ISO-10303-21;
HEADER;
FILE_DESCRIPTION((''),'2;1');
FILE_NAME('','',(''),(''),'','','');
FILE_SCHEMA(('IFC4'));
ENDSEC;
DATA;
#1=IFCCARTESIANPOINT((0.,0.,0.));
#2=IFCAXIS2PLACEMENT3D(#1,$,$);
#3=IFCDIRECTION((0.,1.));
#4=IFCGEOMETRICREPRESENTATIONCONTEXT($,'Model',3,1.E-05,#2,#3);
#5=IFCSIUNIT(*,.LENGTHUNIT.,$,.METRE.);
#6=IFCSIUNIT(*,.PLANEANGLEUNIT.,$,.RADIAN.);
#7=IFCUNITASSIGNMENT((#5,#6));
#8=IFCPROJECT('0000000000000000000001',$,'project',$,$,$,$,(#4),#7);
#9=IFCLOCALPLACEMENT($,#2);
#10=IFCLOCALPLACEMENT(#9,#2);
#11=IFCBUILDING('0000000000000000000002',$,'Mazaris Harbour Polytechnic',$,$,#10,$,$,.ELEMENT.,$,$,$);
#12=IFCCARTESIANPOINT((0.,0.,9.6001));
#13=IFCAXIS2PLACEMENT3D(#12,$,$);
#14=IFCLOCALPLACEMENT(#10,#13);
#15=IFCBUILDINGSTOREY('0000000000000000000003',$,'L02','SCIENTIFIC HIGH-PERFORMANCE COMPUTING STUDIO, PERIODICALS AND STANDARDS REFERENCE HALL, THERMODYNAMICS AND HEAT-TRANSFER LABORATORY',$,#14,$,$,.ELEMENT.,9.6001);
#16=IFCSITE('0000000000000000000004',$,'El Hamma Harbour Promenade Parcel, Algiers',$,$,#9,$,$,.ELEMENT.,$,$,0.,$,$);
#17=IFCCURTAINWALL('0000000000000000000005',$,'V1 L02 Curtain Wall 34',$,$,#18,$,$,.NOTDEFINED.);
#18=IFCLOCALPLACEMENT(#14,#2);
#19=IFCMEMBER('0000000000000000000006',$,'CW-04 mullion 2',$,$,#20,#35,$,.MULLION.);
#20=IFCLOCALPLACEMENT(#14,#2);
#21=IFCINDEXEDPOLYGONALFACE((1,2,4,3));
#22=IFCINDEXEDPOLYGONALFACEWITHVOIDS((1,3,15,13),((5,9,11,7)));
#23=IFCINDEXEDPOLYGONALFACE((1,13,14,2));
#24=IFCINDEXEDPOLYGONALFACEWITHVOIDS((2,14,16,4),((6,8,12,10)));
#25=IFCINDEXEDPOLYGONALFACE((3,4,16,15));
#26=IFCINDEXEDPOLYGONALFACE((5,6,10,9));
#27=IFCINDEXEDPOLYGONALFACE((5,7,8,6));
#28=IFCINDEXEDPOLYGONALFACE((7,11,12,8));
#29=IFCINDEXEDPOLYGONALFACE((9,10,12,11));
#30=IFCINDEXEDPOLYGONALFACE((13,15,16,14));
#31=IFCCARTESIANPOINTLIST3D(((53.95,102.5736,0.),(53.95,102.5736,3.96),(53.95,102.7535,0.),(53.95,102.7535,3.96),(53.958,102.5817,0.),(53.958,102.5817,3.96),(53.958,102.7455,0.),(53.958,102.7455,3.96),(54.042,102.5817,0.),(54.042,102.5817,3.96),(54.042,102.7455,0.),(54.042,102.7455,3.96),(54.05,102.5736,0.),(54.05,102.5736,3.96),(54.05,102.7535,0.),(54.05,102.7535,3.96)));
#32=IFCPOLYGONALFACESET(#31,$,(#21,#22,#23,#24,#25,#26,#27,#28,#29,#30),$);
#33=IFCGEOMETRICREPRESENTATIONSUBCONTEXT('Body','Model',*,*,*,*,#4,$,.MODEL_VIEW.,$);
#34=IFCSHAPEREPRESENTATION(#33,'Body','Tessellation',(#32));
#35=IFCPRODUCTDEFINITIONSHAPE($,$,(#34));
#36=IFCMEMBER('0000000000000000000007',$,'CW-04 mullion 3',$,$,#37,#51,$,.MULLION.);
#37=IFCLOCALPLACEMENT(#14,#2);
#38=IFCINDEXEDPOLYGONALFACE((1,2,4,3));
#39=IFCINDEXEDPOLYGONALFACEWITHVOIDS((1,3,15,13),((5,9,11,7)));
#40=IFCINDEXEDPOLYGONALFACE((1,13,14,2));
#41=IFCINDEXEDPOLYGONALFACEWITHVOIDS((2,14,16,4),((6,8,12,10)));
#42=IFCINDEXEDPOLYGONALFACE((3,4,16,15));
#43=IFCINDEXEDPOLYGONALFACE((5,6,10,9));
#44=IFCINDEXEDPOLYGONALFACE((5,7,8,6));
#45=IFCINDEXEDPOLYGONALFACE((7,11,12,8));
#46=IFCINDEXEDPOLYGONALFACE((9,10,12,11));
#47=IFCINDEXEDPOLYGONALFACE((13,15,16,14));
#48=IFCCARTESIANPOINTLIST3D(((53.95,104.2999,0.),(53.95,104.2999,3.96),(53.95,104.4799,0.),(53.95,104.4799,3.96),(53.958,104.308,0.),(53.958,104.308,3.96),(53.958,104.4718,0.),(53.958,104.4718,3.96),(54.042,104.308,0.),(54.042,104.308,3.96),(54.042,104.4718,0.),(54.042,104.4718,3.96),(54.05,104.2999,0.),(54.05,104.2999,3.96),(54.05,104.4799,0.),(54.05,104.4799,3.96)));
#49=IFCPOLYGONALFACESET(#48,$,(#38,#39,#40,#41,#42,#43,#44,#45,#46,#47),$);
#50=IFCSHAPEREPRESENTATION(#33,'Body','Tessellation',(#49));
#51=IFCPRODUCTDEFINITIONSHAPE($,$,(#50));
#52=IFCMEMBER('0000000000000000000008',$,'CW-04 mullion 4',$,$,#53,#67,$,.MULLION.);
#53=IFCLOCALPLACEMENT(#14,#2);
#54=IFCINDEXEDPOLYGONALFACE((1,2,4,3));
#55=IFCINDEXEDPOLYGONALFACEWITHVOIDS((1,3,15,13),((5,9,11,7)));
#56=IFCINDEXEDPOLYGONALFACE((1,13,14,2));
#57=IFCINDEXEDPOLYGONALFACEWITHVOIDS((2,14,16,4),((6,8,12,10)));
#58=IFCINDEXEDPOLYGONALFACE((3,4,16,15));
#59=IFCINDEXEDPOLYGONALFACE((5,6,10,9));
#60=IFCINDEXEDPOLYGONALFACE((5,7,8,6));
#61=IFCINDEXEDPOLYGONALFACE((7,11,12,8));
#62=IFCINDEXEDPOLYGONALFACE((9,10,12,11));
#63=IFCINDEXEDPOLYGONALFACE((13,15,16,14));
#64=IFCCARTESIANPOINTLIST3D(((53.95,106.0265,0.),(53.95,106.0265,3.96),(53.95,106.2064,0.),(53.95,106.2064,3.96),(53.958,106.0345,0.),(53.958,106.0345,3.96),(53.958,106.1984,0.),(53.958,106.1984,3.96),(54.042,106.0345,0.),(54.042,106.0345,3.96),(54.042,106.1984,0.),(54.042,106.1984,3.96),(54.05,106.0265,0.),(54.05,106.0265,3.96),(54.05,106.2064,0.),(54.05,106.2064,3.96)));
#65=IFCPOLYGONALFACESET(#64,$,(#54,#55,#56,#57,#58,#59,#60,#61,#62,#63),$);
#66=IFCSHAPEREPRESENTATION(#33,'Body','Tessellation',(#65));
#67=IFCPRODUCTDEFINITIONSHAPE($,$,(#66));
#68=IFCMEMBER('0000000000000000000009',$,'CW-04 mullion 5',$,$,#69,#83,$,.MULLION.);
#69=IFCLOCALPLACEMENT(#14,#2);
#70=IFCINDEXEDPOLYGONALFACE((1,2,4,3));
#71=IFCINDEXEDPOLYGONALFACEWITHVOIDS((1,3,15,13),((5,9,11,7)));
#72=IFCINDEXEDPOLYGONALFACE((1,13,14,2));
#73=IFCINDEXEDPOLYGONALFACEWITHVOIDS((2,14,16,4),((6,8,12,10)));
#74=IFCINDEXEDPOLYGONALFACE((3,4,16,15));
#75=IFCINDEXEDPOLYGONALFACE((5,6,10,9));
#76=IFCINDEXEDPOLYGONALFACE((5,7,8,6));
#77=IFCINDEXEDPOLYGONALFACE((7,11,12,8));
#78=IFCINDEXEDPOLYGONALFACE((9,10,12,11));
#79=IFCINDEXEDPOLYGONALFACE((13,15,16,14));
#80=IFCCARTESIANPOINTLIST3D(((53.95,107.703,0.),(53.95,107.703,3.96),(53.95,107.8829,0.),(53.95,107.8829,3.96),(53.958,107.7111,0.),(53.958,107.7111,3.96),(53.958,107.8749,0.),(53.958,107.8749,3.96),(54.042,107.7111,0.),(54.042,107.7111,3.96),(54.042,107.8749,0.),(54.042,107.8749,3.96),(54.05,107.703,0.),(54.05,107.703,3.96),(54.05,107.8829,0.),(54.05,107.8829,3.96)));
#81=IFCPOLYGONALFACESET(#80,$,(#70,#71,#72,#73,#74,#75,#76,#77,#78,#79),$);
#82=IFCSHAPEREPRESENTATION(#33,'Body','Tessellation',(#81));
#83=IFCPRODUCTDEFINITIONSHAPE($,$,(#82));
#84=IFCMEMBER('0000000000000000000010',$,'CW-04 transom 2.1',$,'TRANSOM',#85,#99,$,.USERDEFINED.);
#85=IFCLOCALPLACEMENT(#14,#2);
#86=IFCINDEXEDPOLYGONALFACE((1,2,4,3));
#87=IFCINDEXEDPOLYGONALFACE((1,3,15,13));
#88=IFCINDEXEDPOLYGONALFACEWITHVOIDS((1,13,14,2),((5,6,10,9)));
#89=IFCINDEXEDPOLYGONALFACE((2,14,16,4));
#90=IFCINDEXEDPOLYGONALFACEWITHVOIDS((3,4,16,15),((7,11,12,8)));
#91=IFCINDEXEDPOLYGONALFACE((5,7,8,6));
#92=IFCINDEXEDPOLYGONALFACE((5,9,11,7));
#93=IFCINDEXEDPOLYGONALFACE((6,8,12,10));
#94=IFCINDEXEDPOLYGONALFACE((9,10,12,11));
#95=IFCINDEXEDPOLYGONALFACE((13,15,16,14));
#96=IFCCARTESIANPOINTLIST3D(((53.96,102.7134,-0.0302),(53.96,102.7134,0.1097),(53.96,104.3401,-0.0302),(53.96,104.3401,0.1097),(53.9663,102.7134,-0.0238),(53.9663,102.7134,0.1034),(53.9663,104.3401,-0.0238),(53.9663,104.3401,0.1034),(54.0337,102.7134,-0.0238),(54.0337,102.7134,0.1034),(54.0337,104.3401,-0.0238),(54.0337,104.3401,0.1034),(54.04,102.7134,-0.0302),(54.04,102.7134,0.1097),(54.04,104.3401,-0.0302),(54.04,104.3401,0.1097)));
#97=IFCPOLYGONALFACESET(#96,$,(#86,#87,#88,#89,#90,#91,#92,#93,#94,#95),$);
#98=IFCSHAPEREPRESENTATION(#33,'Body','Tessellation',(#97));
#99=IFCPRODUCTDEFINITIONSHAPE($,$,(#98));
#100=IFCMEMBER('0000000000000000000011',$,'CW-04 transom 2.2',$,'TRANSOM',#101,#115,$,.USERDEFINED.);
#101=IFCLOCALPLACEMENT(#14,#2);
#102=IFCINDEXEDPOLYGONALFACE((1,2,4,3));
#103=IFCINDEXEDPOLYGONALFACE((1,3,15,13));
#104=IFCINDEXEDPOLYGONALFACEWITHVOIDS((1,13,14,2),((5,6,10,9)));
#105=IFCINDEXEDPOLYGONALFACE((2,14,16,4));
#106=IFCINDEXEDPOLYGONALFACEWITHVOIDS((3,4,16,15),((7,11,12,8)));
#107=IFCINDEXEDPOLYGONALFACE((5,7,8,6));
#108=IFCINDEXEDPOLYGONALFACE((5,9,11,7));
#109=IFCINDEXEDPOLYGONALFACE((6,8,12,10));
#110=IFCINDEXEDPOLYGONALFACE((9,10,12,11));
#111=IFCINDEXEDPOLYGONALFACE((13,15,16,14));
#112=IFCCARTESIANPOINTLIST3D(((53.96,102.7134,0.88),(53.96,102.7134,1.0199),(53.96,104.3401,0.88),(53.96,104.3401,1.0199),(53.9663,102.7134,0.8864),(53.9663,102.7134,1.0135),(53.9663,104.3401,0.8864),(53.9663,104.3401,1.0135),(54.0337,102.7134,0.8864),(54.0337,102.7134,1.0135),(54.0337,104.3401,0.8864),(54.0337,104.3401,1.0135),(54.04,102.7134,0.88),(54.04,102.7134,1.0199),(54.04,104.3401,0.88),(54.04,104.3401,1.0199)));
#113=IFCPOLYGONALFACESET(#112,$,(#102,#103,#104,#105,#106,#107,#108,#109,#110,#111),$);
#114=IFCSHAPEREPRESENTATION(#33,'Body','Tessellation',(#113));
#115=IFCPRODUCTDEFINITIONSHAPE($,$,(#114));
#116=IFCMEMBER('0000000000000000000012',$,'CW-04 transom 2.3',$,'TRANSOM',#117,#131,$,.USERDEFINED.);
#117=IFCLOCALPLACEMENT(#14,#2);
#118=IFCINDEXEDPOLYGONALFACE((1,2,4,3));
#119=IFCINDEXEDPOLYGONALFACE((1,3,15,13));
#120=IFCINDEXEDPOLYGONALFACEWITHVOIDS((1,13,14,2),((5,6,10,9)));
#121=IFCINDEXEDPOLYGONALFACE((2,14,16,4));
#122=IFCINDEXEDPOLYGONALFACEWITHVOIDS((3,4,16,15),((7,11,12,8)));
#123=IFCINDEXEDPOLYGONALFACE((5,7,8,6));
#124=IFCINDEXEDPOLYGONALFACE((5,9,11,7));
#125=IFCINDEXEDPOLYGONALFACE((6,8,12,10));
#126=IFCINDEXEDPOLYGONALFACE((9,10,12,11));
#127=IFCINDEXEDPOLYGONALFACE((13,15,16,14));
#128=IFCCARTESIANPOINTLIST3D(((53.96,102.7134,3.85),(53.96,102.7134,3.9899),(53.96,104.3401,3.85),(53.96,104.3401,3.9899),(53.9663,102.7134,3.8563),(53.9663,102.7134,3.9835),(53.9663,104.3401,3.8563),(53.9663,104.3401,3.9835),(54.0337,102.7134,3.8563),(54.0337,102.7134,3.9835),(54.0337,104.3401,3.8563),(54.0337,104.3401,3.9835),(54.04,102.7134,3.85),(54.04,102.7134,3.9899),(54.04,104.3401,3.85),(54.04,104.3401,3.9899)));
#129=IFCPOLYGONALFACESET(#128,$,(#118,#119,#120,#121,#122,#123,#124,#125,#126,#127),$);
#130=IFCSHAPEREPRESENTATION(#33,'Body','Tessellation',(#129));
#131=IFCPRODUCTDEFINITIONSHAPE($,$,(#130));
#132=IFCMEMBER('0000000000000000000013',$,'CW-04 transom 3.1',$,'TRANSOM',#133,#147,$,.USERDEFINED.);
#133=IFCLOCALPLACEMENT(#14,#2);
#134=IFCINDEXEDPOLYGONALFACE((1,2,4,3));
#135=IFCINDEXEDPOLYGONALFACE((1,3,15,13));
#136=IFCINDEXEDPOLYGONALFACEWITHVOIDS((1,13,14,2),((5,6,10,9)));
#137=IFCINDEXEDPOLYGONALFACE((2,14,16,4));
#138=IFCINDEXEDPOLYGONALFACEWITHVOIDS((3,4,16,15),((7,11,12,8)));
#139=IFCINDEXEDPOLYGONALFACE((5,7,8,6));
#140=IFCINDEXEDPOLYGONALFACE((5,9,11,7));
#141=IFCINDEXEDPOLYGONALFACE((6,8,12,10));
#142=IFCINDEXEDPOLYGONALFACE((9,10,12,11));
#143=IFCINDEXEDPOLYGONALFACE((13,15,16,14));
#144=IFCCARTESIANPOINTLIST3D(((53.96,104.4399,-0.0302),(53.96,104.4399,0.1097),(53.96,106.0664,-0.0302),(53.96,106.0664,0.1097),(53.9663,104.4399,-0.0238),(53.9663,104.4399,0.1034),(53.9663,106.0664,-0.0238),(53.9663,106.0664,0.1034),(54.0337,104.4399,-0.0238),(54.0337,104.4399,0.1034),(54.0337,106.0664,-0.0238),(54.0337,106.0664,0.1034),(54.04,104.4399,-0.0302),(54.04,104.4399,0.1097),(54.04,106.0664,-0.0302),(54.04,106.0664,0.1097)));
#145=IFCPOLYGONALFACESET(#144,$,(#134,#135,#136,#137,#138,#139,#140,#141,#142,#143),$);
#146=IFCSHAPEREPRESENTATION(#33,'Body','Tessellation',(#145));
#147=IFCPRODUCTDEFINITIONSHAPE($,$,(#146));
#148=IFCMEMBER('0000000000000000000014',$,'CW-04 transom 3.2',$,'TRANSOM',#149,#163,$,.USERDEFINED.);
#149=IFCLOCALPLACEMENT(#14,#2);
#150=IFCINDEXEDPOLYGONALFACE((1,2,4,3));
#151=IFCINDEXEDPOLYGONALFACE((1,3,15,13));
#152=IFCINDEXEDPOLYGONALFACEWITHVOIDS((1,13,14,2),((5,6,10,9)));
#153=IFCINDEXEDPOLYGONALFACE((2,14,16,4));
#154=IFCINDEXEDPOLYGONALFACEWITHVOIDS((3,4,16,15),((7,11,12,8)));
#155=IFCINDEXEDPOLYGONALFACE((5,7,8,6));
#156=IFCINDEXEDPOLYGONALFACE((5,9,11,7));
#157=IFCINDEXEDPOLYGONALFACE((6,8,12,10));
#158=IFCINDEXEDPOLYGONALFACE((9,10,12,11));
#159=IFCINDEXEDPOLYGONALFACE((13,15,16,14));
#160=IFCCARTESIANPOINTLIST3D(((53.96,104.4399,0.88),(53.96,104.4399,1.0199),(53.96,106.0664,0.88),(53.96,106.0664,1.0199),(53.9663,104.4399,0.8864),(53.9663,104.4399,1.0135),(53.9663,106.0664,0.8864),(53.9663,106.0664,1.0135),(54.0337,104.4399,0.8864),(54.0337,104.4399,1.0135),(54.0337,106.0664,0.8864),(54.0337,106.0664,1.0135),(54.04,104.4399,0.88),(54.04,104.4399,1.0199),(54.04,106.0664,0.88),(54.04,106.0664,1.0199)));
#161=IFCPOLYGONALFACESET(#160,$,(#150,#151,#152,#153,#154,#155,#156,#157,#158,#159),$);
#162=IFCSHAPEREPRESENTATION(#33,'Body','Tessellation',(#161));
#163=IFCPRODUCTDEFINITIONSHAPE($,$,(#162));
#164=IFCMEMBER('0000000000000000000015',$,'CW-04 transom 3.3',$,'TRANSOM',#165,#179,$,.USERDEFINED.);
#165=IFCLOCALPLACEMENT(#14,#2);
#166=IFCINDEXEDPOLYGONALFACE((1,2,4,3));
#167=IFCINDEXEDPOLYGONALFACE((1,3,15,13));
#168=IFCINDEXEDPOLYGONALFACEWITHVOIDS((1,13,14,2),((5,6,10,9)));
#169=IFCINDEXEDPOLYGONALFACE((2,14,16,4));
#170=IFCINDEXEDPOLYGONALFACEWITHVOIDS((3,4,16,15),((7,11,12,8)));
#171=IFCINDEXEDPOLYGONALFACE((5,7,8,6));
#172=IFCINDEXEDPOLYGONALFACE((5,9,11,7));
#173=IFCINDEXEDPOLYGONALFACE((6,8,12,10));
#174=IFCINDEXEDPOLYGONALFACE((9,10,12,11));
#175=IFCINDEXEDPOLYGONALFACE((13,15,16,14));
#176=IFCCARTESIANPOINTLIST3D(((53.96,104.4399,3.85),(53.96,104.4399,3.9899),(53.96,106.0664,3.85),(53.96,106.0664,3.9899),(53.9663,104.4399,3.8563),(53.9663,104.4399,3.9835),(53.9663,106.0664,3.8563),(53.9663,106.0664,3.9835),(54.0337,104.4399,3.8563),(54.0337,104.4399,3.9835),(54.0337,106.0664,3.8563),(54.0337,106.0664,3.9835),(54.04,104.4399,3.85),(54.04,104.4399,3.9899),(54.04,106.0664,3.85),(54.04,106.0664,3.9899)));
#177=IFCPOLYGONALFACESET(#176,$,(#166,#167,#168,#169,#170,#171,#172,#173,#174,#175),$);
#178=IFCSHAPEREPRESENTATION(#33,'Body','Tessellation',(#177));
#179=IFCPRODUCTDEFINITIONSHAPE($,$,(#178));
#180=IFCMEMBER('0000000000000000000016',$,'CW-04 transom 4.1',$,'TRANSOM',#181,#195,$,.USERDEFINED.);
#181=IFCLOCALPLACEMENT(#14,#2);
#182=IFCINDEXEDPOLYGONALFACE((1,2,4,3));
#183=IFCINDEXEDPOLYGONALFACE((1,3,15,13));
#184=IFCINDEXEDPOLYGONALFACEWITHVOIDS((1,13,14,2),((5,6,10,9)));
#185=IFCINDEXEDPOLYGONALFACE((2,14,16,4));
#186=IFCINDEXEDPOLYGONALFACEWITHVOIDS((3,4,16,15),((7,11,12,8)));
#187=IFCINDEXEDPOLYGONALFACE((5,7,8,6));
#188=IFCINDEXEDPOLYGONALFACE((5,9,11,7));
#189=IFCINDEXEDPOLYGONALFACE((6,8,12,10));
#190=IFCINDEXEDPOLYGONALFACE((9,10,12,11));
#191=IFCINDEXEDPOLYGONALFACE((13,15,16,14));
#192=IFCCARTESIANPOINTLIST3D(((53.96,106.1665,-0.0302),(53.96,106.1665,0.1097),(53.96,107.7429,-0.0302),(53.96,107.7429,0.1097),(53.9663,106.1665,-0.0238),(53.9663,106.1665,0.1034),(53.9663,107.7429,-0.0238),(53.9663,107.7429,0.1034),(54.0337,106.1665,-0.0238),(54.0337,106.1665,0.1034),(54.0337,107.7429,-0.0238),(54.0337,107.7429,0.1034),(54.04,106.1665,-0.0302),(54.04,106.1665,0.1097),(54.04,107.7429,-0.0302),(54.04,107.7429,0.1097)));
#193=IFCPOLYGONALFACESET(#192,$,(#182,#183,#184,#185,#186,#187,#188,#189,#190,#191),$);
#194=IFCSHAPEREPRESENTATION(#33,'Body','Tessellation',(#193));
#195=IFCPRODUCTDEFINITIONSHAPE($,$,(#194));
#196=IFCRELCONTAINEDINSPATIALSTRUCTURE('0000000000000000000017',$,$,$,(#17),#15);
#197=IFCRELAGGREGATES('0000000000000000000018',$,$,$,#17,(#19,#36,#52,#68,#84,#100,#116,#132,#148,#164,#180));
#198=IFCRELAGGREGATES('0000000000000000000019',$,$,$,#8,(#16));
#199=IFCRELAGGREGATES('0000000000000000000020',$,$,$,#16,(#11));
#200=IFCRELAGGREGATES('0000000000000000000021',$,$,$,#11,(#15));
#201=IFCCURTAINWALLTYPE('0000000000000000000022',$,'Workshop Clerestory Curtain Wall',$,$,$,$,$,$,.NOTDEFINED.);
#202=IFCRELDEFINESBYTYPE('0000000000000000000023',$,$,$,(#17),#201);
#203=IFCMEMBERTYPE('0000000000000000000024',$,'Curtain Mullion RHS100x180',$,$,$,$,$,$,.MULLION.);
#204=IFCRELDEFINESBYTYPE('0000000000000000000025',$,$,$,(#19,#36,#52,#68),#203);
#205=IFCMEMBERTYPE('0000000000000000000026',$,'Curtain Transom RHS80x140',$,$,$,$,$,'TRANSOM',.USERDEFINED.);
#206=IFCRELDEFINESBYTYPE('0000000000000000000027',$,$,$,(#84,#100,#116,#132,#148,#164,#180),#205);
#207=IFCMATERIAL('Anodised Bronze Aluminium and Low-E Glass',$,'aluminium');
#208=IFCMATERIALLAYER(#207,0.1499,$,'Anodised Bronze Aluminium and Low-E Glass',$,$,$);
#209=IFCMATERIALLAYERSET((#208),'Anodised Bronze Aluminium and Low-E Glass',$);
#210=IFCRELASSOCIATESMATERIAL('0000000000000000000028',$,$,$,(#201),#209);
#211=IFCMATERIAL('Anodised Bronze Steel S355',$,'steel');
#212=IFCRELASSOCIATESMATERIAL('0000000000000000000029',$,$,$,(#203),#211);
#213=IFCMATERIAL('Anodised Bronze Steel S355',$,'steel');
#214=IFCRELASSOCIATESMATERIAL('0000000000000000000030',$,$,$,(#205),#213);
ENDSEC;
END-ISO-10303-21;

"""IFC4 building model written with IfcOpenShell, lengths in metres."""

from ifc_helpers import new_model, si_unit, direction, frame, origin, origin_2d, place, context, subcontext, project, spatial, hollow_rectangle, extrude, material, layer, layer_set, material_profile, profile_set, type_object, element, aggregate, save


model = new_model("IFC4")

# Units and contexts
model_context = context("Model", 3, precision=1e-05, world=origin(), true_north=direction((0.0, 1.0)))
body_context = subcontext(model_context, "Body", "Model", "MODEL_VIEW")
ifc_project = project(units=[si_unit("LENGTHUNIT", "METRE"), si_unit("PLANEANGLEUNIT", "RADIAN")], contexts=[model_context])

# Site, building, storey
site_placement = place(None, origin())
site = spatial("IfcSite", under=ifc_project, at=site_placement, Name="El Hamma Harbour Promenade Parcel, Algiers", CompositionType="ELEMENT", RefElevation=0.0)
building_placement = place(site_placement, origin())
building = spatial("IfcBuilding", under=site, at=building_placement, Name="Mazaris Harbour Polytechnic", CompositionType="ELEMENT")
storey_placement = place(building_placement, frame((0.0, 0.0, 9.6001)))
storey = spatial("IfcBuildingStorey", under=building, at=storey_placement, Name="L02", Description="SCIENTIFIC HIGH-PERFORMANCE COMPUTING STUDIO, PERIODICALS AND STANDARDS REFERENCE HALL, THERMODYNAMICS AND HEAT-TRANSFER LABORATORY", CompositionType="ELEMENT", Elevation=9.6001)

# Curtain wall, members
ifc_material_1 = material(Name="Anodised Bronze Aluminium and Low-E Glass", Category="aluminium")
ifc_layer_1 = layer(ifc_material_1, 0.1499, Name="Anodised Bronze Aluminium and Low-E Glass")
ifc_layer_set_1 = layer_set([ifc_layer_1], Name="Anodised Bronze Aluminium and Low-E Glass")
curtain_wall_type = type_object("IfcCurtainWallType", Name="Workshop Clerestory Curtain Wall", PredefinedType="NOTDEFINED", material=ifc_layer_set_1)
curtain_wall_placement = place(storey_placement, origin())
curtain_wall = element("IfcCurtainWall", 1, at=curtain_wall_placement, inside=storey, type_object=curtain_wall_type, Name="V1 L02 Curtain Wall 34", PredefinedType="NOTDEFINED")
ifc_material_2 = material(Name="Anodised Bronze Steel S355", Category="steel")
ifc_material_profile_1 = material_profile(ifc_material_2, hollow_rectangle(XDim=0.1001, YDim=0.1799, WallThickness=0.0081, at=origin_2d()), Name="RHS 100x180x8.0")
ifc_profile_set_1 = profile_set([ifc_material_profile_1], Name="Anodised Bronze Steel S355")
member_type_1 = type_object("IfcMemberType", Name="Curtain Mullion RHS100x180", PredefinedType="MULLION", material=ifc_profile_set_1)
member_1_placement = place(storey_placement, frame((54.0, 102.6636, 0.0), z_axis=(0.0, 0.0, 1.0), x_axis=(-1.0, 0.0, 0.0)))
member_1 = element("IfcMember", 2, at=member_1_placement, type_object=member_type_1, Name="CW-04 mullion 2", PredefinedType="MULLION", context=body_context, shape_type="SweptSolid", body=[
    extrude(hollow_rectangle(XDim=0.1001, YDim=0.1799, WallThickness=0.0081, at=origin_2d()), origin(), (0.0, 0.0, 1.0), 3.96),
])
member_2_placement = place(storey_placement, frame((54.0, 104.3899, 0.0), z_axis=(0.0, 0.0, 1.0), x_axis=(-1.0, 0.0, 0.0)))
member_2 = element("IfcMember", 3, at=member_2_placement, type_object=member_type_1, Name="CW-04 mullion 3", PredefinedType="MULLION", context=body_context, shape_type="SweptSolid", body=[
    extrude(hollow_rectangle(XDim=0.1001, YDim=0.1799, WallThickness=0.0081, at=origin_2d()), origin(), (0.0, 0.0, 1.0), 3.96),
])
member_3_placement = place(storey_placement, frame((54.0, 106.1165, 0.0), z_axis=(0.0, 0.0, 1.0), x_axis=(-1.0, 0.0, 0.0)))
member_3 = element("IfcMember", 4, at=member_3_placement, type_object=member_type_1, Name="CW-04 mullion 4", PredefinedType="MULLION", context=body_context, shape_type="SweptSolid", body=[
    extrude(hollow_rectangle(XDim=0.1001, YDim=0.1799, WallThickness=0.0081, at=origin_2d()), origin(), (0.0, 0.0, 1.0), 3.96),
])
member_4_placement = place(storey_placement, frame((54.0, 107.793, 0.0), z_axis=(0.0, 0.0, 1.0), x_axis=(-1.0, 0.0, 0.0)))
member_4 = element("IfcMember", 5, at=member_4_placement, type_object=member_type_1, Name="CW-04 mullion 5", PredefinedType="MULLION", context=body_context, shape_type="SweptSolid", body=[
    extrude(hollow_rectangle(XDim=0.1001, YDim=0.1799, WallThickness=0.0081, at=origin_2d()), origin(), (0.0, 0.0, 1.0), 3.96),
])
ifc_material_3 = material(Name="Anodised Bronze Steel S355", Category="steel")
ifc_material_profile_2 = material_profile(ifc_material_3, hollow_rectangle(XDim=0.0801, YDim=0.1399, WallThickness=0.0063, at=origin_2d()), Name="RHS 80x140x6.3")
ifc_profile_set_2 = profile_set([ifc_material_profile_2], Name="Anodised Bronze Steel S355")
member_type_2 = type_object("IfcMemberType", Name="Curtain Transom RHS80x140", ElementType="TRANSOM", PredefinedType="USERDEFINED", material=ifc_profile_set_2)
member_5_placement = place(storey_placement, frame((54.0, 102.7134, 0.0398), z_axis=(0.0, 1.0, 0.0), x_axis=(-1.0, 0.0, 0.0)))
member_5 = element("IfcMember", 6, at=member_5_placement, type_object=member_type_2, Name="CW-04 transom 2.1", ObjectType="TRANSOM", PredefinedType="USERDEFINED", context=body_context, shape_type="SweptSolid", body=[
    extrude(hollow_rectangle(XDim=0.0801, YDim=0.1399, WallThickness=0.0063, at=origin_2d()), origin(), (0.0, 0.0, 1.0), 1.6267),
])
member_6_placement = place(storey_placement, frame((54.0, 102.7134, 0.95), z_axis=(0.0, 1.0, 0.0), x_axis=(-1.0, 0.0, 0.0)))
member_6 = element("IfcMember", 7, at=member_6_placement, type_object=member_type_2, Name="CW-04 transom 2.2", ObjectType="TRANSOM", PredefinedType="USERDEFINED", context=body_context, shape_type="SweptSolid", body=[
    extrude(hollow_rectangle(XDim=0.0801, YDim=0.1399, WallThickness=0.0063, at=origin_2d()), origin(), (0.0, 0.0, 1.0), 1.6267),
])
member_7_placement = place(storey_placement, frame((54.0, 102.7134, 3.9199), z_axis=(0.0, 1.0, 0.0), x_axis=(-1.0, 0.0, 0.0)))
member_7 = element("IfcMember", 8, at=member_7_placement, type_object=member_type_2, Name="CW-04 transom 2.3", ObjectType="TRANSOM", PredefinedType="USERDEFINED", context=body_context, shape_type="SweptSolid", body=[
    extrude(hollow_rectangle(XDim=0.0801, YDim=0.1399, WallThickness=0.0063, at=origin_2d()), origin(), (0.0, 0.0, 1.0), 1.6267),
])
member_8_placement = place(storey_placement, frame((54.0, 104.4399, 0.0398), z_axis=(0.0, 1.0, 0.0), x_axis=(-1.0, 0.0, 0.0)))
member_8 = element("IfcMember", 9, at=member_8_placement, type_object=member_type_2, Name="CW-04 transom 3.1", ObjectType="TRANSOM", PredefinedType="USERDEFINED", context=body_context, shape_type="SweptSolid", body=[
    extrude(hollow_rectangle(XDim=0.0801, YDim=0.1399, WallThickness=0.0063, at=origin_2d()), origin(), (0.0, 0.0, 1.0), 1.6265),
])
member_9_placement = place(storey_placement, frame((54.0, 104.4399, 0.95), z_axis=(0.0, 1.0, 0.0), x_axis=(-1.0, 0.0, 0.0)))
member_9 = element("IfcMember", 10, at=member_9_placement, type_object=member_type_2, Name="CW-04 transom 3.2", ObjectType="TRANSOM", PredefinedType="USERDEFINED", context=body_context, shape_type="SweptSolid", body=[
    extrude(hollow_rectangle(XDim=0.0801, YDim=0.1399, WallThickness=0.0063, at=origin_2d()), origin(), (0.0, 0.0, 1.0), 1.6265),
])
member_10_placement = place(storey_placement, frame((54.0, 104.4399, 3.9199), z_axis=(0.0, 1.0, 0.0), x_axis=(-1.0, 0.0, 0.0)))
member_10 = element("IfcMember", 11, at=member_10_placement, type_object=member_type_2, Name="CW-04 transom 3.3", ObjectType="TRANSOM", PredefinedType="USERDEFINED", context=body_context, shape_type="SweptSolid", body=[
    extrude(hollow_rectangle(XDim=0.0801, YDim=0.1399, WallThickness=0.0063, at=origin_2d()), origin(), (0.0, 0.0, 1.0), 1.6265),
])
member_11_placement = place(storey_placement, frame((54.0, 106.1665, 0.0398), z_axis=(0.0, 1.0, 0.0), x_axis=(-1.0, 0.0, 0.0)))
member_11 = element("IfcMember", 12, at=member_11_placement, type_object=member_type_2, Name="CW-04 transom 4.1", ObjectType="TRANSOM", PredefinedType="USERDEFINED", context=body_context, shape_type="SweptSolid", body=[
    extrude(hollow_rectangle(XDim=0.0801, YDim=0.1399, WallThickness=0.0063, at=origin_2d()), origin(), (0.0, 0.0, 1.0), 1.5764),
])

aggregate(curtain_wall, [member_1, member_2, member_3, member_4, member_5, member_6, member_7, member_8, member_9, member_10, member_11])

save(model, "model.ifc")
